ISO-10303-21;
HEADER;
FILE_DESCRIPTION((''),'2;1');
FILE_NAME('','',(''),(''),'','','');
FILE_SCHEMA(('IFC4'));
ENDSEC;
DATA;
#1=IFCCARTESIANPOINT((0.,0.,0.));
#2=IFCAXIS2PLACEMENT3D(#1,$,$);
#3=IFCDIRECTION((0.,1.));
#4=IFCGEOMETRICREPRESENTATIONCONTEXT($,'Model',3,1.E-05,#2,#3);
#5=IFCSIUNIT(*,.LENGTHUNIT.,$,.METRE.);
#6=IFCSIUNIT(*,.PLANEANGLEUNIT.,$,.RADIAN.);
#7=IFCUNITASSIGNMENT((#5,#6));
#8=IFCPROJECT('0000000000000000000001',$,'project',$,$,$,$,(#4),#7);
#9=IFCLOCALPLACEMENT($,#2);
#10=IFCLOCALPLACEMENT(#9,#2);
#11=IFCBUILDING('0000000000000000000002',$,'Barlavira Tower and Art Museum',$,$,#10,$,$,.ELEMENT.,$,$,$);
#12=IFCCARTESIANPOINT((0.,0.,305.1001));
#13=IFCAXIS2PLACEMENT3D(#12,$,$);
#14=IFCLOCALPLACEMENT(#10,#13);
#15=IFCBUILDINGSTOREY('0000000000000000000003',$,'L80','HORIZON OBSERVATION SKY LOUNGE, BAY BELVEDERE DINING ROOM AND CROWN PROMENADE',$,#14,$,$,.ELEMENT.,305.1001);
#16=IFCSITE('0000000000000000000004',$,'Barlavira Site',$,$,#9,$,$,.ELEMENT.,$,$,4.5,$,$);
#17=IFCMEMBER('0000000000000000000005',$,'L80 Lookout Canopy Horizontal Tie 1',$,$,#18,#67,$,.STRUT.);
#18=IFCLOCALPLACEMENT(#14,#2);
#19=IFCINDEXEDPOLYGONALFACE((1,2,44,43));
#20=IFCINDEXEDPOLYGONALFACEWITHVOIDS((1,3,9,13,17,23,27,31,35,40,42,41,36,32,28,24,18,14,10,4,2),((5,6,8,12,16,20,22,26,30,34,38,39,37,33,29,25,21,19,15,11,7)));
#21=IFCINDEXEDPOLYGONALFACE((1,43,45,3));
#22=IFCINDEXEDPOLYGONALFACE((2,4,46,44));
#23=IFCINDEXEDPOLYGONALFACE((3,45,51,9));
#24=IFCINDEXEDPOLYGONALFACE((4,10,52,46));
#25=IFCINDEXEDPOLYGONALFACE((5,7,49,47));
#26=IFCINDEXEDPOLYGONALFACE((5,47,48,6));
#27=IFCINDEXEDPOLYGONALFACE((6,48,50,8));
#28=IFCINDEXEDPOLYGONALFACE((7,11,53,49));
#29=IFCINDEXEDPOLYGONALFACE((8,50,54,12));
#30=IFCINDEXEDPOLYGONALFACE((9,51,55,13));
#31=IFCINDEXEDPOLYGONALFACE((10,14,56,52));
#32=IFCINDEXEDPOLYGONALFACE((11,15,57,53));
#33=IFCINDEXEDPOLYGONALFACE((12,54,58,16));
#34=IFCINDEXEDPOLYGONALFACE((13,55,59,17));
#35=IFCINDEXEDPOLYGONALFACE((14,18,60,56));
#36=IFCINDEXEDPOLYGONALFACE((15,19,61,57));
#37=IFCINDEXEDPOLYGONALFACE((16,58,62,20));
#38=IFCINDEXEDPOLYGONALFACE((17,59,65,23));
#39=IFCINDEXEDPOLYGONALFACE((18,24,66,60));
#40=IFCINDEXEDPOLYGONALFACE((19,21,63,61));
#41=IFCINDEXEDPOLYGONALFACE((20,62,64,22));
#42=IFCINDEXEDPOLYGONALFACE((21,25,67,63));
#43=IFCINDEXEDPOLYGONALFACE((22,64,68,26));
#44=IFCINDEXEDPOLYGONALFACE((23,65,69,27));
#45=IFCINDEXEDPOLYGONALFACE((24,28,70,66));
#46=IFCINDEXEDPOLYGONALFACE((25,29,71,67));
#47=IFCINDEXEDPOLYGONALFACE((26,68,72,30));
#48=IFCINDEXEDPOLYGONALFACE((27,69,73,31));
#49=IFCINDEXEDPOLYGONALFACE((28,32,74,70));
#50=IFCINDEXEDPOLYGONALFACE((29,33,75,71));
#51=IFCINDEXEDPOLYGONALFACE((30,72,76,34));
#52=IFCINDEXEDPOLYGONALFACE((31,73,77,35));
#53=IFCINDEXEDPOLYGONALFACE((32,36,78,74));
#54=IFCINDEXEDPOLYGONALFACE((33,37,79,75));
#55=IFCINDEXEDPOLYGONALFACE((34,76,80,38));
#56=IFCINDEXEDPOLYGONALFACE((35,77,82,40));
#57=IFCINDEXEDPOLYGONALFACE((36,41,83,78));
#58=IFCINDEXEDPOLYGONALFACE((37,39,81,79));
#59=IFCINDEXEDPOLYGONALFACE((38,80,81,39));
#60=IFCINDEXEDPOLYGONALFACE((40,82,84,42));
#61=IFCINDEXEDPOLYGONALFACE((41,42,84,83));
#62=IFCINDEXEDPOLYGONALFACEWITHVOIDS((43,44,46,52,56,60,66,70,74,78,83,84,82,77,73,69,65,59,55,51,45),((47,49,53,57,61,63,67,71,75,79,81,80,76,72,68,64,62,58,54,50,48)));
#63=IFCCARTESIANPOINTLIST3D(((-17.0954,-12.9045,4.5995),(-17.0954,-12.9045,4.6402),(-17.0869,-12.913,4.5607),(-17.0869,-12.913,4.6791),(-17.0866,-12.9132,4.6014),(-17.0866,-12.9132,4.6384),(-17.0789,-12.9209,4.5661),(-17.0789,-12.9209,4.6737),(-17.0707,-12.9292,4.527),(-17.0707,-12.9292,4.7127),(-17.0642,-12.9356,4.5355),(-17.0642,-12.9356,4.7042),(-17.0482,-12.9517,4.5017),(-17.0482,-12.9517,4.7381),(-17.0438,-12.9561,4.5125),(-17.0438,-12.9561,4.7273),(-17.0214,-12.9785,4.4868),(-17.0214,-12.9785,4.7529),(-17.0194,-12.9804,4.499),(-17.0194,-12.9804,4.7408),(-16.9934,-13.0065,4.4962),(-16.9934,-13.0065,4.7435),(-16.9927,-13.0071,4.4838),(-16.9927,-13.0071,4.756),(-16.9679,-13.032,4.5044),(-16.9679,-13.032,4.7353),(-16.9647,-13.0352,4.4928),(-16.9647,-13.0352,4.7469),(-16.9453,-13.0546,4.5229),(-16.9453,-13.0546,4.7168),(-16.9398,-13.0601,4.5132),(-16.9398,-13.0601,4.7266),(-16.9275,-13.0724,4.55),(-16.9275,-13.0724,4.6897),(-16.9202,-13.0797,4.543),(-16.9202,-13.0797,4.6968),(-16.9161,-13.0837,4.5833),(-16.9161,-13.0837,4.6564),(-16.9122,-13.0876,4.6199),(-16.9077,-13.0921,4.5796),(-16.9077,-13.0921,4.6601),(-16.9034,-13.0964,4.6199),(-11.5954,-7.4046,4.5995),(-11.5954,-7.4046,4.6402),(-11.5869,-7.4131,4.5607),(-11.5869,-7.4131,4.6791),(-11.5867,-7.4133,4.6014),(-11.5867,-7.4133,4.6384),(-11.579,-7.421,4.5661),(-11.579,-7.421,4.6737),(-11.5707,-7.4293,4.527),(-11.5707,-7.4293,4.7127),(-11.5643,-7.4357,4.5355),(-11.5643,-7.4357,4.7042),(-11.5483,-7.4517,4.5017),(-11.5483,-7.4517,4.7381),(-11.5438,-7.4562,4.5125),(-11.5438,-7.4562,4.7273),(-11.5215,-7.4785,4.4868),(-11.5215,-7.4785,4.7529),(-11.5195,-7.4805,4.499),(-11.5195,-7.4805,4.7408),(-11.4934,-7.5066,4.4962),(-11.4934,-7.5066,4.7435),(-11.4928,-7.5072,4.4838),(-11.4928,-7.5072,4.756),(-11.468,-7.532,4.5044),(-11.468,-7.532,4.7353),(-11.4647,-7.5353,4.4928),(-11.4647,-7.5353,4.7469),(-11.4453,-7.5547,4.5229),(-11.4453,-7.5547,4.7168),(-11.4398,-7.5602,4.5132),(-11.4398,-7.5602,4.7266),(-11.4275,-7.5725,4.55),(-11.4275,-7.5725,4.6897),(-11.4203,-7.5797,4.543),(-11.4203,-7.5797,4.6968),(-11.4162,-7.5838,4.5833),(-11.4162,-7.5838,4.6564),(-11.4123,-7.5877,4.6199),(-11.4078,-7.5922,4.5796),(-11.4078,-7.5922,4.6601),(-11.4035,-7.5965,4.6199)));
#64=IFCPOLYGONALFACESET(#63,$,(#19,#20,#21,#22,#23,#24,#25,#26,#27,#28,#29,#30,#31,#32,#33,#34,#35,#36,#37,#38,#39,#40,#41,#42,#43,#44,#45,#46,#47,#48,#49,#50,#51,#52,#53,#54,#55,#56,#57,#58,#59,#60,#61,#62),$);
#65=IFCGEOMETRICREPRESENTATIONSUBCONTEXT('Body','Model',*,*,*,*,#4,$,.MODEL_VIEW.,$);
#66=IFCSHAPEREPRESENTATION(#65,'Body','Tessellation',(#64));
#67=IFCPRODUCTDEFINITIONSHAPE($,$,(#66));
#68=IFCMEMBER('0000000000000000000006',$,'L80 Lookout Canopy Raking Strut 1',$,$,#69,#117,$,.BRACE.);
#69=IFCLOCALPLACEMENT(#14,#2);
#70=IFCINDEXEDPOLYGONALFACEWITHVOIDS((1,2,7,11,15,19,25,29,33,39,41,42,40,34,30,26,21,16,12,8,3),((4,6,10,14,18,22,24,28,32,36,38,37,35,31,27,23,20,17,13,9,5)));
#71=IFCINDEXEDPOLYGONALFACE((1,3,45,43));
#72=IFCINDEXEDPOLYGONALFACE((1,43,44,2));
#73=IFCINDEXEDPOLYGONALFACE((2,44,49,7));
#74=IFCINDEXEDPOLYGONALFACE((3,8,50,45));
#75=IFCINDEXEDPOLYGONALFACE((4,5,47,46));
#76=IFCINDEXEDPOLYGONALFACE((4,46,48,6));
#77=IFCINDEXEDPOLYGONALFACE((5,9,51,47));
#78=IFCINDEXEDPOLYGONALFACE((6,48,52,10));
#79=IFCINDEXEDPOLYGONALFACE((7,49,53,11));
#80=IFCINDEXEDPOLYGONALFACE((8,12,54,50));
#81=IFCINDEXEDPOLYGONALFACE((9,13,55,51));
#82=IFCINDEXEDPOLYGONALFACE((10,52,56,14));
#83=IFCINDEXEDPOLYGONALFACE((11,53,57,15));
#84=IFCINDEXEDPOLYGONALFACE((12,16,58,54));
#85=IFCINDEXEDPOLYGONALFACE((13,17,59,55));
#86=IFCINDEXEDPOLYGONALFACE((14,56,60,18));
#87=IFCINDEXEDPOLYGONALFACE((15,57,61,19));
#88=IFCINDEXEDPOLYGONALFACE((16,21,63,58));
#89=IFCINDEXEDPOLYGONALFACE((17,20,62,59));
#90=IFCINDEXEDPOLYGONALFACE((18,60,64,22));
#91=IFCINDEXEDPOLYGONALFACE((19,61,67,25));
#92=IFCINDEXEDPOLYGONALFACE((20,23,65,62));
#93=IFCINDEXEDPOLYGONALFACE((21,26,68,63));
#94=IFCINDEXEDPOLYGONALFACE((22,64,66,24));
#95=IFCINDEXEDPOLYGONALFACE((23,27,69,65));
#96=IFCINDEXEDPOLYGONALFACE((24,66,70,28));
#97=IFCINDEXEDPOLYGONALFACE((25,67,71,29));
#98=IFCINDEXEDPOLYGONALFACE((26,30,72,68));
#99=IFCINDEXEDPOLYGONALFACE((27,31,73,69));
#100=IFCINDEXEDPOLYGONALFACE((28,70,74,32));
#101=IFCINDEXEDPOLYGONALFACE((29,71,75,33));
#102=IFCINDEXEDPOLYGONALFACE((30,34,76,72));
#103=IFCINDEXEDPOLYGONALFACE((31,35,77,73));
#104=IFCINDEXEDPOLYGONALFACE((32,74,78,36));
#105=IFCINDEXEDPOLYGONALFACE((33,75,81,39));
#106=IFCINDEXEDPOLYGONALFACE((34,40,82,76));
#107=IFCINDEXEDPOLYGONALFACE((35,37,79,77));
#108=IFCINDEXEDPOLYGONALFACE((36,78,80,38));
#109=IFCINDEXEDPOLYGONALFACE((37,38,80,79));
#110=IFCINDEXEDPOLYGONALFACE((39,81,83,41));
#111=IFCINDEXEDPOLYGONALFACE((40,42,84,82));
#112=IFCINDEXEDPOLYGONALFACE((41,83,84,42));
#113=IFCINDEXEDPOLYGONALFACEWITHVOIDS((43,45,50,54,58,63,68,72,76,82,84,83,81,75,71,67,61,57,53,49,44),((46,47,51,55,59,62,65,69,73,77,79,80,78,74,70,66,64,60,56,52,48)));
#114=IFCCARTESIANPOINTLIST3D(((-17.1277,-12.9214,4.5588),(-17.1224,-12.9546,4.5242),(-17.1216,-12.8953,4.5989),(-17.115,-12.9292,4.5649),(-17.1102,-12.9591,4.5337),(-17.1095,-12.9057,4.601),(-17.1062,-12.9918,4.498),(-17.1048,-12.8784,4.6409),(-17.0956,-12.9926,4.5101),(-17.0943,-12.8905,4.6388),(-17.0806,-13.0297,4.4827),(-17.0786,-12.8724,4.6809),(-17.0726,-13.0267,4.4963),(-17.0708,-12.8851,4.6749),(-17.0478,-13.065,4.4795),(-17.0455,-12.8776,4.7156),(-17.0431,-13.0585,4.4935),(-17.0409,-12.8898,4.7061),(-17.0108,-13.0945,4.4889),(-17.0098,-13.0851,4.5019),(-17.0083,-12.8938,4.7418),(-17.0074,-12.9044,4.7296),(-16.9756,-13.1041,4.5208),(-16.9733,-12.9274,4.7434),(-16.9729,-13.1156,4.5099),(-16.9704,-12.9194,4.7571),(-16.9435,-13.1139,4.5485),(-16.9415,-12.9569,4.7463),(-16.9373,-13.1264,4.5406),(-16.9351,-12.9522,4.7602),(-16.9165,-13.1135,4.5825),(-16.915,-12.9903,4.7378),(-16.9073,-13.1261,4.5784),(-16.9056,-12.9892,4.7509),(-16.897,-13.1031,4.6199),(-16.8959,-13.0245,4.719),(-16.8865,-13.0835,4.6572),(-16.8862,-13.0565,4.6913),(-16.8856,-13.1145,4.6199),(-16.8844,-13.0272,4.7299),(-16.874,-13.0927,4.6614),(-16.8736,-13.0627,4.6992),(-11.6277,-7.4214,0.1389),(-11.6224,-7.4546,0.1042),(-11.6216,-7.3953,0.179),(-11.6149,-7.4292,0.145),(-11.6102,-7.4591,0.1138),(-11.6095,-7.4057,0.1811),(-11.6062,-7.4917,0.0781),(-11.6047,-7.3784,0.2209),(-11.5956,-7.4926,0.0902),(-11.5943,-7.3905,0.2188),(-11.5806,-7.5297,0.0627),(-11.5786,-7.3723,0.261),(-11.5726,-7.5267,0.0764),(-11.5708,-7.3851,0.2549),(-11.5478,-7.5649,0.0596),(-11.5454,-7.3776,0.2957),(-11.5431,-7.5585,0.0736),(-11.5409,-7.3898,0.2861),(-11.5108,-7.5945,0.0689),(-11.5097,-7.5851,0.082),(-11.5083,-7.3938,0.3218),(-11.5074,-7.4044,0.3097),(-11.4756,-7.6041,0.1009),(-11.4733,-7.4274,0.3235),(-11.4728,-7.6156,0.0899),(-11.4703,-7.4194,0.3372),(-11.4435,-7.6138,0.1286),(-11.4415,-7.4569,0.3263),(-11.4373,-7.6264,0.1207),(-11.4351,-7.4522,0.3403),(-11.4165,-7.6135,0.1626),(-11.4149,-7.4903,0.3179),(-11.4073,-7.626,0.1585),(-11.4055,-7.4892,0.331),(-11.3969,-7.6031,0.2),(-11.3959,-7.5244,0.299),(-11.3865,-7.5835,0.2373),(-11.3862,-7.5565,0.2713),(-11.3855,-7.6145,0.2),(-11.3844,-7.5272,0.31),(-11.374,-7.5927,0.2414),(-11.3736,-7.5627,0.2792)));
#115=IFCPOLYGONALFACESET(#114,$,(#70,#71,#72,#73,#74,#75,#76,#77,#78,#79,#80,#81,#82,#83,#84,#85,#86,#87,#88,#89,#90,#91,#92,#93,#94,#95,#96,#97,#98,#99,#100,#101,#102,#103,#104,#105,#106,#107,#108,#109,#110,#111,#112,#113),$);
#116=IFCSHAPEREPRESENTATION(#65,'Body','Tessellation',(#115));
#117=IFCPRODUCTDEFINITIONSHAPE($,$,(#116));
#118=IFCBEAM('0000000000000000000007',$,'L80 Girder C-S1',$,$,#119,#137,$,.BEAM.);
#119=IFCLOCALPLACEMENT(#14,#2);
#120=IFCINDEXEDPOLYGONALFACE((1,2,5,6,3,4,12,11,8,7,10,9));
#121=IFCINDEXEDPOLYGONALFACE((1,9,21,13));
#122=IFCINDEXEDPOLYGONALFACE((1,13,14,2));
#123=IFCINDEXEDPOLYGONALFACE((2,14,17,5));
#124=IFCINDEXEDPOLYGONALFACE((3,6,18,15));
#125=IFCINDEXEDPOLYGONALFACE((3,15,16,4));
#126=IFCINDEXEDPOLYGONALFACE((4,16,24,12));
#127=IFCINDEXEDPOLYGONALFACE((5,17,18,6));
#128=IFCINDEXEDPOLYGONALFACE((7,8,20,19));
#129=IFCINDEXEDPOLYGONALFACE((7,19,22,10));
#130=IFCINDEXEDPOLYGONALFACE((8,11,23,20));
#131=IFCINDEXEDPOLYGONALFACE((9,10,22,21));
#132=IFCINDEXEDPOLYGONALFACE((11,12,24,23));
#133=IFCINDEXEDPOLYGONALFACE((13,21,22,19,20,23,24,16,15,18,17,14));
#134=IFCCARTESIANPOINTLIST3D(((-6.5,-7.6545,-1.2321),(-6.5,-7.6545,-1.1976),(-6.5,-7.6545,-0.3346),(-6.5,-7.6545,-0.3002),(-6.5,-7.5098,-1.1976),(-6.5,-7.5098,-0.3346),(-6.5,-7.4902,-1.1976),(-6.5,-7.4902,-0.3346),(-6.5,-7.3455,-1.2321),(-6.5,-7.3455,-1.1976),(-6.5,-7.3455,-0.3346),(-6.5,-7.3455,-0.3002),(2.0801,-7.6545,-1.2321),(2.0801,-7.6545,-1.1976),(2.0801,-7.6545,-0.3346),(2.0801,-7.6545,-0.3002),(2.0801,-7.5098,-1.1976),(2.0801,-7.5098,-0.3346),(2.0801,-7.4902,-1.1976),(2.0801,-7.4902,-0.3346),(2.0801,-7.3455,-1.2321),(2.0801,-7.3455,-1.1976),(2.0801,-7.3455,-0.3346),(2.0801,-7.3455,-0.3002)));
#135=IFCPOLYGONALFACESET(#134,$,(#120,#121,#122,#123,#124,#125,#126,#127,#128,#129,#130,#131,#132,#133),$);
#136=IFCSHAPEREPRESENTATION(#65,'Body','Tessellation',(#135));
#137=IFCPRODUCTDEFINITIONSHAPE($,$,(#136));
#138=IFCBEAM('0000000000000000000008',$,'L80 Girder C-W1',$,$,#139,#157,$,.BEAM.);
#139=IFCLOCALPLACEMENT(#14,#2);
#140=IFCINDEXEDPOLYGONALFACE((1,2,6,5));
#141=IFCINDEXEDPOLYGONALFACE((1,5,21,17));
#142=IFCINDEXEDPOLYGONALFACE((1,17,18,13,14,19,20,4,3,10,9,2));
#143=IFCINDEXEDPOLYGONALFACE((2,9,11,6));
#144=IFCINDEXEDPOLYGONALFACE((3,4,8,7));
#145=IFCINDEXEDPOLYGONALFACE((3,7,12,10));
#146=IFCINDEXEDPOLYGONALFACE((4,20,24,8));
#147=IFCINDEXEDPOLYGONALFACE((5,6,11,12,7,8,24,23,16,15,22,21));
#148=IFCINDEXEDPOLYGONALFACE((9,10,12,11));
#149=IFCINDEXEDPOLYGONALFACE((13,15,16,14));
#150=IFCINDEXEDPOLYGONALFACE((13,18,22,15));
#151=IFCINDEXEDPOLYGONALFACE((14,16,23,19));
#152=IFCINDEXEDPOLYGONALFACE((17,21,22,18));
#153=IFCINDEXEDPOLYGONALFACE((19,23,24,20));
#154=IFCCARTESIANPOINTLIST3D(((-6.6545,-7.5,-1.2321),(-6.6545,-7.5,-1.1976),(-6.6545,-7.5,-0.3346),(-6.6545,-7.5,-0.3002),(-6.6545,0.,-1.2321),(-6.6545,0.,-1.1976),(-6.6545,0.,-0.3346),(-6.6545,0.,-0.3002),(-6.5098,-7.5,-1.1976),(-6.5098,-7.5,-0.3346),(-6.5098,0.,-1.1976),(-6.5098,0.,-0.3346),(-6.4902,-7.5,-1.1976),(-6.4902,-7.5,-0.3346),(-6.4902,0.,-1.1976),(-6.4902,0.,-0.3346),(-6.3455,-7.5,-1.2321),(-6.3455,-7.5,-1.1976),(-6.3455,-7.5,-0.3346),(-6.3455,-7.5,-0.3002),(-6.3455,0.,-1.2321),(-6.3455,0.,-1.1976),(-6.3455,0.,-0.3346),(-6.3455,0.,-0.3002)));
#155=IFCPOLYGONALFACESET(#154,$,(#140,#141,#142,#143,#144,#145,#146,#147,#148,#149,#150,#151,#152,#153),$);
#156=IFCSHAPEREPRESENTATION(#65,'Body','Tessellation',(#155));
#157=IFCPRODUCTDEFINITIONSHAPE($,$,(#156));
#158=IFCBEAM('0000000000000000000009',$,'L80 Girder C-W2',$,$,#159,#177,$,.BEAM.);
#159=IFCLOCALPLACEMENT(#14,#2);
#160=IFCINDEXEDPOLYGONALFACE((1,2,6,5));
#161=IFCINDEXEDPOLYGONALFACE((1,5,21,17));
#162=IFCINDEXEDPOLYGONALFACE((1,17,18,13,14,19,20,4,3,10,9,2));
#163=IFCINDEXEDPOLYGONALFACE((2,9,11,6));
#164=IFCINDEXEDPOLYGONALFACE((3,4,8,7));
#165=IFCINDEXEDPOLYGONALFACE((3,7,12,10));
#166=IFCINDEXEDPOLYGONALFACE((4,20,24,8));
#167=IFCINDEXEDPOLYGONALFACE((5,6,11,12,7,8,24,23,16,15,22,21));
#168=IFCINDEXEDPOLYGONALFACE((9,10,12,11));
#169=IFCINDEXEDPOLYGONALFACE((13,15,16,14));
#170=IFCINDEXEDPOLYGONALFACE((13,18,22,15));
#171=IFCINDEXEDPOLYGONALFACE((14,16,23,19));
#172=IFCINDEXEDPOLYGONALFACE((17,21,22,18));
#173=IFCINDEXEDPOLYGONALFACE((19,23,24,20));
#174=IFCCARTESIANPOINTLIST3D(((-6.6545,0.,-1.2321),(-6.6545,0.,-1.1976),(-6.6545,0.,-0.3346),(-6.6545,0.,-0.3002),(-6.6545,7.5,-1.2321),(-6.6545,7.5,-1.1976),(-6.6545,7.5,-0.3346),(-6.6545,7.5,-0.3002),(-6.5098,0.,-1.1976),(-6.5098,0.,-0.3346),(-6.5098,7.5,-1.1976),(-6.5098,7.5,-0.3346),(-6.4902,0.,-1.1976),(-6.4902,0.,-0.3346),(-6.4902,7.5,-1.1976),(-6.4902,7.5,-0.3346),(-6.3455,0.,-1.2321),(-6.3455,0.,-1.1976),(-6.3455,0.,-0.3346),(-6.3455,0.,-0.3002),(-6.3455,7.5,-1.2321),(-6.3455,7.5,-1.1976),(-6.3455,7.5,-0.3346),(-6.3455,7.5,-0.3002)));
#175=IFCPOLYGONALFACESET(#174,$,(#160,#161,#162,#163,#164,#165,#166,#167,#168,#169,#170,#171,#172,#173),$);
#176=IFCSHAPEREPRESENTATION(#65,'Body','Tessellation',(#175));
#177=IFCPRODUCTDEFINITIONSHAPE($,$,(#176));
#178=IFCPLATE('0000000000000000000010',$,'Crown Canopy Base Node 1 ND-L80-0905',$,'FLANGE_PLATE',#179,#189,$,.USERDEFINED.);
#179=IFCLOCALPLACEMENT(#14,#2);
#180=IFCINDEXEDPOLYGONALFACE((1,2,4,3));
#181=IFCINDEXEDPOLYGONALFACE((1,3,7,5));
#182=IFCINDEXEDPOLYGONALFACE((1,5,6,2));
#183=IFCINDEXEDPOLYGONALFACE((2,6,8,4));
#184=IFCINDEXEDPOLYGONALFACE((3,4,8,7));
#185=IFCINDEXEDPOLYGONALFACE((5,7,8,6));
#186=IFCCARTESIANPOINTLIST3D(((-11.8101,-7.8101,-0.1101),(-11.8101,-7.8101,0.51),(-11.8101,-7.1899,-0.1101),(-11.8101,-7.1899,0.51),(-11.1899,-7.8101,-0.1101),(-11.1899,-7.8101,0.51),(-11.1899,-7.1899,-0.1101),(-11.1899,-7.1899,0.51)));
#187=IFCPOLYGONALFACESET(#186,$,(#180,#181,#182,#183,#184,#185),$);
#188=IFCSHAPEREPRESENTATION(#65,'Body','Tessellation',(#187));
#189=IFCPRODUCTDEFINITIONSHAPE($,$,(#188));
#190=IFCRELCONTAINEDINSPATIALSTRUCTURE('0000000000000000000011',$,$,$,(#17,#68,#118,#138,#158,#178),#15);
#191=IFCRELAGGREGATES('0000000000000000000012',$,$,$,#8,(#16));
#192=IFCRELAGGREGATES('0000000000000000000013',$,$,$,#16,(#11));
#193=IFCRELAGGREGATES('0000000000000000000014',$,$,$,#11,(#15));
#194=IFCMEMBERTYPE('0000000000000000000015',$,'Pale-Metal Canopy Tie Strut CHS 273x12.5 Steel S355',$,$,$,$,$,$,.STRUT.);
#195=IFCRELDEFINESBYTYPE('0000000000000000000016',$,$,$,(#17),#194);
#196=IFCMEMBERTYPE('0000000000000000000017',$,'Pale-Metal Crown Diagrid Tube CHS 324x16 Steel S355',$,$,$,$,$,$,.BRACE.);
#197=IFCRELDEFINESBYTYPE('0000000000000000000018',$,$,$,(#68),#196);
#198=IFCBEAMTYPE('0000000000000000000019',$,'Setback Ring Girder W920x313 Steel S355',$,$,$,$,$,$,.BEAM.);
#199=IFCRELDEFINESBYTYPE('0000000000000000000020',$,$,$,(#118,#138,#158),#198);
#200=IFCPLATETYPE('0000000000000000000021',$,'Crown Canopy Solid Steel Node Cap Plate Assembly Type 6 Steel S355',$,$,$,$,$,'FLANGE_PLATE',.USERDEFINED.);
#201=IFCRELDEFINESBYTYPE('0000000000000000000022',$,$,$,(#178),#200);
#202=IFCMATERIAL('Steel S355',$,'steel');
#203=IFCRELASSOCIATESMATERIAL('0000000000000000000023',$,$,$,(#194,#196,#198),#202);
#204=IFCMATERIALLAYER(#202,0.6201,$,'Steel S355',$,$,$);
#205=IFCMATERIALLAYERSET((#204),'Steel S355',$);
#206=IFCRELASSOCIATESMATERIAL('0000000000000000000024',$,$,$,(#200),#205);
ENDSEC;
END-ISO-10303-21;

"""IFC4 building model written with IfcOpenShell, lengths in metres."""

from ifc_helpers import new_model, si_unit, direction, frame, origin, origin_2d, place, context, subcontext, project, spatial, rectangle, hollow_circle, i_section, extrude, material, layer, layer_set, material_profile, profile_set, type_object, element, save


model = new_model("IFC4")

# Units and contexts
model_context = context("Model", 3, precision=1e-05, world=origin(), true_north=direction((0.0, 1.0)))
body_context = subcontext(model_context, "Body", "Model", "MODEL_VIEW")
ifc_project = project(units=[si_unit("LENGTHUNIT", "METRE"), si_unit("PLANEANGLEUNIT", "RADIAN")], contexts=[model_context])

# Site, building, storey
site_placement = place(None, origin())
site = spatial("IfcSite", under=ifc_project, at=site_placement, Name="Barlavira Site", CompositionType="ELEMENT", RefElevation=4.5)
building_placement = place(site_placement, origin())
building = spatial("IfcBuilding", under=site, at=building_placement, Name="Barlavira Tower and Art Museum", CompositionType="ELEMENT")
storey_placement = place(building_placement, frame((0.0, 0.0, 305.1001)))
storey = spatial("IfcBuildingStorey", under=building, at=storey_placement, Name="L80", Description="HORIZON OBSERVATION SKY LOUNGE, BAY BELVEDERE DINING ROOM AND CROWN PROMENADE", CompositionType="ELEMENT", Elevation=305.1001)

# Shared definitions
ifc_material_1 = material(Name="Steel S355", Category="steel")

# Members
ifc_material_profile_1 = material_profile(ifc_material_1, hollow_circle(Radius=0.1365, WallThickness=0.0125, at=origin_2d()), Name="CHS 273.0x12.5")
ifc_profile_set_1 = profile_set([ifc_material_profile_1], Name="Steel S355")
member_type_1 = type_object("IfcMemberType", Name="Pale-Metal Canopy Tie Strut CHS 273x12.5 Steel S355", PredefinedType="STRUT", material=ifc_profile_set_1)
member_1_placement = place(storey_placement, frame((-11.5, -7.5, 4.6199), z_axis=(-0.707107, -0.707107, 0.0), x_axis=(0.707107, -0.707107, 0.0)))
element("IfcMember", 1, at=member_1_placement, inside=storey, type_object=member_type_1, Name="L80 Lookout Canopy Horizontal Tie 1", PredefinedType="STRUT", context=body_context, shape_type="SweptSolid", body=[
    extrude(hollow_circle(Radius=0.1365, WallThickness=0.0125, at=origin_2d()), origin(), (0.0, 0.0, 1.0), 7.7781),
])
ifc_material_profile_2 = material_profile(ifc_material_1, hollow_circle(Radius=0.1619, WallThickness=0.0161, at=origin_2d()), Name="CHS 323.9x16.0")
ifc_profile_set_2 = profile_set([ifc_material_profile_2], Name="Steel S355")
member_type_2 = type_object("IfcMemberType", Name="Pale-Metal Crown Diagrid Tube CHS 324x16 Steel S355", PredefinedType="BRACE", material=ifc_profile_set_2)
member_2_placement = place(storey_placement, frame((-11.5, -7.5, 0.2), z_axis=(-0.614781, -0.614781, 0.494052), x_axis=(0.707107, -0.707107, 0.0)))
element("IfcMember", 2, at=member_2_placement, inside=storey, type_object=member_type_2, Name="L80 Lookout Canopy Raking Strut 1", PredefinedType="BRACE", context=body_context, shape_type="SweptSolid", body=[
    extrude(hollow_circle(Radius=0.1619, WallThickness=0.0161, at=origin_2d()), origin(), (0.0, 0.0, 1.0), 8.9463),
])

# Beams
ifc_material_profile_3 = material_profile(ifc_material_1, i_section(OverallWidth=0.3091, OverallDepth=0.9319, WebThickness=0.0195, FlangeThickness=0.0344, at=origin_2d()), Name="W920x313.0")
ifc_profile_set_3 = profile_set([ifc_material_profile_3], Name="Steel S355")
beam_type_1 = type_object("IfcBeamType", Name="Setback Ring Girder W920x313 Steel S355", PredefinedType="BEAM", material=ifc_profile_set_3)
beam_1_placement = place(storey_placement, frame((-6.5, -7.5, -0.7661), z_axis=(1.0, 0.0, 0.0), x_axis=(0.0, 1.0, 0.0)))
element("IfcBeam", 3, at=beam_1_placement, inside=storey, type_object=beam_type_1, Name="L80 Girder C-S1", PredefinedType="BEAM", context=body_context, shape_type="SweptSolid", body=[
    extrude(i_section(OverallWidth=0.3091, OverallDepth=0.9319, WebThickness=0.0195, FlangeThickness=0.0344, at=origin_2d()), origin(), (0.0, 0.0, 1.0), 8.5801),
])
for number, where, z_axis, x_axis, name in (
    (4, (-6.5, -7.5, -0.7661), (0.0, 1.0, 0.0), (-1.0, 0.0, 0.0), "L80 Girder C-W1"),
    (5, (-6.5, 0.0, -0.7661), (0.0, 1.0, 0.0), (-1.0, 0.0, 0.0), "L80 Girder C-W2"),
):
    element("IfcBeam", number, at=place(storey_placement, frame(where, z_axis=z_axis, x_axis=x_axis)), inside=storey, type_object=beam_type_1, Name=name, PredefinedType="BEAM", context=body_context, shape_type="SweptSolid", body=[
        extrude(i_section(OverallWidth=0.3091, OverallDepth=0.9319, WebThickness=0.0195, FlangeThickness=0.0344, at=origin_2d()), origin(), (0.0, 0.0, 1.0), 7.5),
    ])

# Plate
ifc_layer_1 = layer(ifc_material_1, 0.6201, Name="Steel S355")
ifc_layer_set_1 = layer_set([ifc_layer_1], Name="Steel S355")
plate_type_1 = type_object("IfcPlateType", Name="Crown Canopy Solid Steel Node Cap Plate Assembly Type 6 Steel S355", ElementType="FLANGE_PLATE", PredefinedType="USERDEFINED", material=ifc_layer_set_1)
for number, where, z_axis, x_axis, name in (
    (6, (-11.5, -7.5, -0.1101), (0.0, 0.0, 1.0), (1.0, 0.0, 0.0), "Crown Canopy Base Node 1 ND-L80-0905"),
):
    element("IfcPlate", number, at=place(storey_placement, frame(where, z_axis=z_axis, x_axis=x_axis)), inside=storey, type_object=plate_type_1, Name=name, ObjectType="FLANGE_PLATE", PredefinedType="USERDEFINED", context=body_context, shape_type="SweptSolid", body=[
        extrude(rectangle(XDim=0.6201, YDim=0.6201, at=origin_2d()), origin(), (0.0, 0.0, 1.0), 0.6201),
    ])

save(model, "model.ifc")
